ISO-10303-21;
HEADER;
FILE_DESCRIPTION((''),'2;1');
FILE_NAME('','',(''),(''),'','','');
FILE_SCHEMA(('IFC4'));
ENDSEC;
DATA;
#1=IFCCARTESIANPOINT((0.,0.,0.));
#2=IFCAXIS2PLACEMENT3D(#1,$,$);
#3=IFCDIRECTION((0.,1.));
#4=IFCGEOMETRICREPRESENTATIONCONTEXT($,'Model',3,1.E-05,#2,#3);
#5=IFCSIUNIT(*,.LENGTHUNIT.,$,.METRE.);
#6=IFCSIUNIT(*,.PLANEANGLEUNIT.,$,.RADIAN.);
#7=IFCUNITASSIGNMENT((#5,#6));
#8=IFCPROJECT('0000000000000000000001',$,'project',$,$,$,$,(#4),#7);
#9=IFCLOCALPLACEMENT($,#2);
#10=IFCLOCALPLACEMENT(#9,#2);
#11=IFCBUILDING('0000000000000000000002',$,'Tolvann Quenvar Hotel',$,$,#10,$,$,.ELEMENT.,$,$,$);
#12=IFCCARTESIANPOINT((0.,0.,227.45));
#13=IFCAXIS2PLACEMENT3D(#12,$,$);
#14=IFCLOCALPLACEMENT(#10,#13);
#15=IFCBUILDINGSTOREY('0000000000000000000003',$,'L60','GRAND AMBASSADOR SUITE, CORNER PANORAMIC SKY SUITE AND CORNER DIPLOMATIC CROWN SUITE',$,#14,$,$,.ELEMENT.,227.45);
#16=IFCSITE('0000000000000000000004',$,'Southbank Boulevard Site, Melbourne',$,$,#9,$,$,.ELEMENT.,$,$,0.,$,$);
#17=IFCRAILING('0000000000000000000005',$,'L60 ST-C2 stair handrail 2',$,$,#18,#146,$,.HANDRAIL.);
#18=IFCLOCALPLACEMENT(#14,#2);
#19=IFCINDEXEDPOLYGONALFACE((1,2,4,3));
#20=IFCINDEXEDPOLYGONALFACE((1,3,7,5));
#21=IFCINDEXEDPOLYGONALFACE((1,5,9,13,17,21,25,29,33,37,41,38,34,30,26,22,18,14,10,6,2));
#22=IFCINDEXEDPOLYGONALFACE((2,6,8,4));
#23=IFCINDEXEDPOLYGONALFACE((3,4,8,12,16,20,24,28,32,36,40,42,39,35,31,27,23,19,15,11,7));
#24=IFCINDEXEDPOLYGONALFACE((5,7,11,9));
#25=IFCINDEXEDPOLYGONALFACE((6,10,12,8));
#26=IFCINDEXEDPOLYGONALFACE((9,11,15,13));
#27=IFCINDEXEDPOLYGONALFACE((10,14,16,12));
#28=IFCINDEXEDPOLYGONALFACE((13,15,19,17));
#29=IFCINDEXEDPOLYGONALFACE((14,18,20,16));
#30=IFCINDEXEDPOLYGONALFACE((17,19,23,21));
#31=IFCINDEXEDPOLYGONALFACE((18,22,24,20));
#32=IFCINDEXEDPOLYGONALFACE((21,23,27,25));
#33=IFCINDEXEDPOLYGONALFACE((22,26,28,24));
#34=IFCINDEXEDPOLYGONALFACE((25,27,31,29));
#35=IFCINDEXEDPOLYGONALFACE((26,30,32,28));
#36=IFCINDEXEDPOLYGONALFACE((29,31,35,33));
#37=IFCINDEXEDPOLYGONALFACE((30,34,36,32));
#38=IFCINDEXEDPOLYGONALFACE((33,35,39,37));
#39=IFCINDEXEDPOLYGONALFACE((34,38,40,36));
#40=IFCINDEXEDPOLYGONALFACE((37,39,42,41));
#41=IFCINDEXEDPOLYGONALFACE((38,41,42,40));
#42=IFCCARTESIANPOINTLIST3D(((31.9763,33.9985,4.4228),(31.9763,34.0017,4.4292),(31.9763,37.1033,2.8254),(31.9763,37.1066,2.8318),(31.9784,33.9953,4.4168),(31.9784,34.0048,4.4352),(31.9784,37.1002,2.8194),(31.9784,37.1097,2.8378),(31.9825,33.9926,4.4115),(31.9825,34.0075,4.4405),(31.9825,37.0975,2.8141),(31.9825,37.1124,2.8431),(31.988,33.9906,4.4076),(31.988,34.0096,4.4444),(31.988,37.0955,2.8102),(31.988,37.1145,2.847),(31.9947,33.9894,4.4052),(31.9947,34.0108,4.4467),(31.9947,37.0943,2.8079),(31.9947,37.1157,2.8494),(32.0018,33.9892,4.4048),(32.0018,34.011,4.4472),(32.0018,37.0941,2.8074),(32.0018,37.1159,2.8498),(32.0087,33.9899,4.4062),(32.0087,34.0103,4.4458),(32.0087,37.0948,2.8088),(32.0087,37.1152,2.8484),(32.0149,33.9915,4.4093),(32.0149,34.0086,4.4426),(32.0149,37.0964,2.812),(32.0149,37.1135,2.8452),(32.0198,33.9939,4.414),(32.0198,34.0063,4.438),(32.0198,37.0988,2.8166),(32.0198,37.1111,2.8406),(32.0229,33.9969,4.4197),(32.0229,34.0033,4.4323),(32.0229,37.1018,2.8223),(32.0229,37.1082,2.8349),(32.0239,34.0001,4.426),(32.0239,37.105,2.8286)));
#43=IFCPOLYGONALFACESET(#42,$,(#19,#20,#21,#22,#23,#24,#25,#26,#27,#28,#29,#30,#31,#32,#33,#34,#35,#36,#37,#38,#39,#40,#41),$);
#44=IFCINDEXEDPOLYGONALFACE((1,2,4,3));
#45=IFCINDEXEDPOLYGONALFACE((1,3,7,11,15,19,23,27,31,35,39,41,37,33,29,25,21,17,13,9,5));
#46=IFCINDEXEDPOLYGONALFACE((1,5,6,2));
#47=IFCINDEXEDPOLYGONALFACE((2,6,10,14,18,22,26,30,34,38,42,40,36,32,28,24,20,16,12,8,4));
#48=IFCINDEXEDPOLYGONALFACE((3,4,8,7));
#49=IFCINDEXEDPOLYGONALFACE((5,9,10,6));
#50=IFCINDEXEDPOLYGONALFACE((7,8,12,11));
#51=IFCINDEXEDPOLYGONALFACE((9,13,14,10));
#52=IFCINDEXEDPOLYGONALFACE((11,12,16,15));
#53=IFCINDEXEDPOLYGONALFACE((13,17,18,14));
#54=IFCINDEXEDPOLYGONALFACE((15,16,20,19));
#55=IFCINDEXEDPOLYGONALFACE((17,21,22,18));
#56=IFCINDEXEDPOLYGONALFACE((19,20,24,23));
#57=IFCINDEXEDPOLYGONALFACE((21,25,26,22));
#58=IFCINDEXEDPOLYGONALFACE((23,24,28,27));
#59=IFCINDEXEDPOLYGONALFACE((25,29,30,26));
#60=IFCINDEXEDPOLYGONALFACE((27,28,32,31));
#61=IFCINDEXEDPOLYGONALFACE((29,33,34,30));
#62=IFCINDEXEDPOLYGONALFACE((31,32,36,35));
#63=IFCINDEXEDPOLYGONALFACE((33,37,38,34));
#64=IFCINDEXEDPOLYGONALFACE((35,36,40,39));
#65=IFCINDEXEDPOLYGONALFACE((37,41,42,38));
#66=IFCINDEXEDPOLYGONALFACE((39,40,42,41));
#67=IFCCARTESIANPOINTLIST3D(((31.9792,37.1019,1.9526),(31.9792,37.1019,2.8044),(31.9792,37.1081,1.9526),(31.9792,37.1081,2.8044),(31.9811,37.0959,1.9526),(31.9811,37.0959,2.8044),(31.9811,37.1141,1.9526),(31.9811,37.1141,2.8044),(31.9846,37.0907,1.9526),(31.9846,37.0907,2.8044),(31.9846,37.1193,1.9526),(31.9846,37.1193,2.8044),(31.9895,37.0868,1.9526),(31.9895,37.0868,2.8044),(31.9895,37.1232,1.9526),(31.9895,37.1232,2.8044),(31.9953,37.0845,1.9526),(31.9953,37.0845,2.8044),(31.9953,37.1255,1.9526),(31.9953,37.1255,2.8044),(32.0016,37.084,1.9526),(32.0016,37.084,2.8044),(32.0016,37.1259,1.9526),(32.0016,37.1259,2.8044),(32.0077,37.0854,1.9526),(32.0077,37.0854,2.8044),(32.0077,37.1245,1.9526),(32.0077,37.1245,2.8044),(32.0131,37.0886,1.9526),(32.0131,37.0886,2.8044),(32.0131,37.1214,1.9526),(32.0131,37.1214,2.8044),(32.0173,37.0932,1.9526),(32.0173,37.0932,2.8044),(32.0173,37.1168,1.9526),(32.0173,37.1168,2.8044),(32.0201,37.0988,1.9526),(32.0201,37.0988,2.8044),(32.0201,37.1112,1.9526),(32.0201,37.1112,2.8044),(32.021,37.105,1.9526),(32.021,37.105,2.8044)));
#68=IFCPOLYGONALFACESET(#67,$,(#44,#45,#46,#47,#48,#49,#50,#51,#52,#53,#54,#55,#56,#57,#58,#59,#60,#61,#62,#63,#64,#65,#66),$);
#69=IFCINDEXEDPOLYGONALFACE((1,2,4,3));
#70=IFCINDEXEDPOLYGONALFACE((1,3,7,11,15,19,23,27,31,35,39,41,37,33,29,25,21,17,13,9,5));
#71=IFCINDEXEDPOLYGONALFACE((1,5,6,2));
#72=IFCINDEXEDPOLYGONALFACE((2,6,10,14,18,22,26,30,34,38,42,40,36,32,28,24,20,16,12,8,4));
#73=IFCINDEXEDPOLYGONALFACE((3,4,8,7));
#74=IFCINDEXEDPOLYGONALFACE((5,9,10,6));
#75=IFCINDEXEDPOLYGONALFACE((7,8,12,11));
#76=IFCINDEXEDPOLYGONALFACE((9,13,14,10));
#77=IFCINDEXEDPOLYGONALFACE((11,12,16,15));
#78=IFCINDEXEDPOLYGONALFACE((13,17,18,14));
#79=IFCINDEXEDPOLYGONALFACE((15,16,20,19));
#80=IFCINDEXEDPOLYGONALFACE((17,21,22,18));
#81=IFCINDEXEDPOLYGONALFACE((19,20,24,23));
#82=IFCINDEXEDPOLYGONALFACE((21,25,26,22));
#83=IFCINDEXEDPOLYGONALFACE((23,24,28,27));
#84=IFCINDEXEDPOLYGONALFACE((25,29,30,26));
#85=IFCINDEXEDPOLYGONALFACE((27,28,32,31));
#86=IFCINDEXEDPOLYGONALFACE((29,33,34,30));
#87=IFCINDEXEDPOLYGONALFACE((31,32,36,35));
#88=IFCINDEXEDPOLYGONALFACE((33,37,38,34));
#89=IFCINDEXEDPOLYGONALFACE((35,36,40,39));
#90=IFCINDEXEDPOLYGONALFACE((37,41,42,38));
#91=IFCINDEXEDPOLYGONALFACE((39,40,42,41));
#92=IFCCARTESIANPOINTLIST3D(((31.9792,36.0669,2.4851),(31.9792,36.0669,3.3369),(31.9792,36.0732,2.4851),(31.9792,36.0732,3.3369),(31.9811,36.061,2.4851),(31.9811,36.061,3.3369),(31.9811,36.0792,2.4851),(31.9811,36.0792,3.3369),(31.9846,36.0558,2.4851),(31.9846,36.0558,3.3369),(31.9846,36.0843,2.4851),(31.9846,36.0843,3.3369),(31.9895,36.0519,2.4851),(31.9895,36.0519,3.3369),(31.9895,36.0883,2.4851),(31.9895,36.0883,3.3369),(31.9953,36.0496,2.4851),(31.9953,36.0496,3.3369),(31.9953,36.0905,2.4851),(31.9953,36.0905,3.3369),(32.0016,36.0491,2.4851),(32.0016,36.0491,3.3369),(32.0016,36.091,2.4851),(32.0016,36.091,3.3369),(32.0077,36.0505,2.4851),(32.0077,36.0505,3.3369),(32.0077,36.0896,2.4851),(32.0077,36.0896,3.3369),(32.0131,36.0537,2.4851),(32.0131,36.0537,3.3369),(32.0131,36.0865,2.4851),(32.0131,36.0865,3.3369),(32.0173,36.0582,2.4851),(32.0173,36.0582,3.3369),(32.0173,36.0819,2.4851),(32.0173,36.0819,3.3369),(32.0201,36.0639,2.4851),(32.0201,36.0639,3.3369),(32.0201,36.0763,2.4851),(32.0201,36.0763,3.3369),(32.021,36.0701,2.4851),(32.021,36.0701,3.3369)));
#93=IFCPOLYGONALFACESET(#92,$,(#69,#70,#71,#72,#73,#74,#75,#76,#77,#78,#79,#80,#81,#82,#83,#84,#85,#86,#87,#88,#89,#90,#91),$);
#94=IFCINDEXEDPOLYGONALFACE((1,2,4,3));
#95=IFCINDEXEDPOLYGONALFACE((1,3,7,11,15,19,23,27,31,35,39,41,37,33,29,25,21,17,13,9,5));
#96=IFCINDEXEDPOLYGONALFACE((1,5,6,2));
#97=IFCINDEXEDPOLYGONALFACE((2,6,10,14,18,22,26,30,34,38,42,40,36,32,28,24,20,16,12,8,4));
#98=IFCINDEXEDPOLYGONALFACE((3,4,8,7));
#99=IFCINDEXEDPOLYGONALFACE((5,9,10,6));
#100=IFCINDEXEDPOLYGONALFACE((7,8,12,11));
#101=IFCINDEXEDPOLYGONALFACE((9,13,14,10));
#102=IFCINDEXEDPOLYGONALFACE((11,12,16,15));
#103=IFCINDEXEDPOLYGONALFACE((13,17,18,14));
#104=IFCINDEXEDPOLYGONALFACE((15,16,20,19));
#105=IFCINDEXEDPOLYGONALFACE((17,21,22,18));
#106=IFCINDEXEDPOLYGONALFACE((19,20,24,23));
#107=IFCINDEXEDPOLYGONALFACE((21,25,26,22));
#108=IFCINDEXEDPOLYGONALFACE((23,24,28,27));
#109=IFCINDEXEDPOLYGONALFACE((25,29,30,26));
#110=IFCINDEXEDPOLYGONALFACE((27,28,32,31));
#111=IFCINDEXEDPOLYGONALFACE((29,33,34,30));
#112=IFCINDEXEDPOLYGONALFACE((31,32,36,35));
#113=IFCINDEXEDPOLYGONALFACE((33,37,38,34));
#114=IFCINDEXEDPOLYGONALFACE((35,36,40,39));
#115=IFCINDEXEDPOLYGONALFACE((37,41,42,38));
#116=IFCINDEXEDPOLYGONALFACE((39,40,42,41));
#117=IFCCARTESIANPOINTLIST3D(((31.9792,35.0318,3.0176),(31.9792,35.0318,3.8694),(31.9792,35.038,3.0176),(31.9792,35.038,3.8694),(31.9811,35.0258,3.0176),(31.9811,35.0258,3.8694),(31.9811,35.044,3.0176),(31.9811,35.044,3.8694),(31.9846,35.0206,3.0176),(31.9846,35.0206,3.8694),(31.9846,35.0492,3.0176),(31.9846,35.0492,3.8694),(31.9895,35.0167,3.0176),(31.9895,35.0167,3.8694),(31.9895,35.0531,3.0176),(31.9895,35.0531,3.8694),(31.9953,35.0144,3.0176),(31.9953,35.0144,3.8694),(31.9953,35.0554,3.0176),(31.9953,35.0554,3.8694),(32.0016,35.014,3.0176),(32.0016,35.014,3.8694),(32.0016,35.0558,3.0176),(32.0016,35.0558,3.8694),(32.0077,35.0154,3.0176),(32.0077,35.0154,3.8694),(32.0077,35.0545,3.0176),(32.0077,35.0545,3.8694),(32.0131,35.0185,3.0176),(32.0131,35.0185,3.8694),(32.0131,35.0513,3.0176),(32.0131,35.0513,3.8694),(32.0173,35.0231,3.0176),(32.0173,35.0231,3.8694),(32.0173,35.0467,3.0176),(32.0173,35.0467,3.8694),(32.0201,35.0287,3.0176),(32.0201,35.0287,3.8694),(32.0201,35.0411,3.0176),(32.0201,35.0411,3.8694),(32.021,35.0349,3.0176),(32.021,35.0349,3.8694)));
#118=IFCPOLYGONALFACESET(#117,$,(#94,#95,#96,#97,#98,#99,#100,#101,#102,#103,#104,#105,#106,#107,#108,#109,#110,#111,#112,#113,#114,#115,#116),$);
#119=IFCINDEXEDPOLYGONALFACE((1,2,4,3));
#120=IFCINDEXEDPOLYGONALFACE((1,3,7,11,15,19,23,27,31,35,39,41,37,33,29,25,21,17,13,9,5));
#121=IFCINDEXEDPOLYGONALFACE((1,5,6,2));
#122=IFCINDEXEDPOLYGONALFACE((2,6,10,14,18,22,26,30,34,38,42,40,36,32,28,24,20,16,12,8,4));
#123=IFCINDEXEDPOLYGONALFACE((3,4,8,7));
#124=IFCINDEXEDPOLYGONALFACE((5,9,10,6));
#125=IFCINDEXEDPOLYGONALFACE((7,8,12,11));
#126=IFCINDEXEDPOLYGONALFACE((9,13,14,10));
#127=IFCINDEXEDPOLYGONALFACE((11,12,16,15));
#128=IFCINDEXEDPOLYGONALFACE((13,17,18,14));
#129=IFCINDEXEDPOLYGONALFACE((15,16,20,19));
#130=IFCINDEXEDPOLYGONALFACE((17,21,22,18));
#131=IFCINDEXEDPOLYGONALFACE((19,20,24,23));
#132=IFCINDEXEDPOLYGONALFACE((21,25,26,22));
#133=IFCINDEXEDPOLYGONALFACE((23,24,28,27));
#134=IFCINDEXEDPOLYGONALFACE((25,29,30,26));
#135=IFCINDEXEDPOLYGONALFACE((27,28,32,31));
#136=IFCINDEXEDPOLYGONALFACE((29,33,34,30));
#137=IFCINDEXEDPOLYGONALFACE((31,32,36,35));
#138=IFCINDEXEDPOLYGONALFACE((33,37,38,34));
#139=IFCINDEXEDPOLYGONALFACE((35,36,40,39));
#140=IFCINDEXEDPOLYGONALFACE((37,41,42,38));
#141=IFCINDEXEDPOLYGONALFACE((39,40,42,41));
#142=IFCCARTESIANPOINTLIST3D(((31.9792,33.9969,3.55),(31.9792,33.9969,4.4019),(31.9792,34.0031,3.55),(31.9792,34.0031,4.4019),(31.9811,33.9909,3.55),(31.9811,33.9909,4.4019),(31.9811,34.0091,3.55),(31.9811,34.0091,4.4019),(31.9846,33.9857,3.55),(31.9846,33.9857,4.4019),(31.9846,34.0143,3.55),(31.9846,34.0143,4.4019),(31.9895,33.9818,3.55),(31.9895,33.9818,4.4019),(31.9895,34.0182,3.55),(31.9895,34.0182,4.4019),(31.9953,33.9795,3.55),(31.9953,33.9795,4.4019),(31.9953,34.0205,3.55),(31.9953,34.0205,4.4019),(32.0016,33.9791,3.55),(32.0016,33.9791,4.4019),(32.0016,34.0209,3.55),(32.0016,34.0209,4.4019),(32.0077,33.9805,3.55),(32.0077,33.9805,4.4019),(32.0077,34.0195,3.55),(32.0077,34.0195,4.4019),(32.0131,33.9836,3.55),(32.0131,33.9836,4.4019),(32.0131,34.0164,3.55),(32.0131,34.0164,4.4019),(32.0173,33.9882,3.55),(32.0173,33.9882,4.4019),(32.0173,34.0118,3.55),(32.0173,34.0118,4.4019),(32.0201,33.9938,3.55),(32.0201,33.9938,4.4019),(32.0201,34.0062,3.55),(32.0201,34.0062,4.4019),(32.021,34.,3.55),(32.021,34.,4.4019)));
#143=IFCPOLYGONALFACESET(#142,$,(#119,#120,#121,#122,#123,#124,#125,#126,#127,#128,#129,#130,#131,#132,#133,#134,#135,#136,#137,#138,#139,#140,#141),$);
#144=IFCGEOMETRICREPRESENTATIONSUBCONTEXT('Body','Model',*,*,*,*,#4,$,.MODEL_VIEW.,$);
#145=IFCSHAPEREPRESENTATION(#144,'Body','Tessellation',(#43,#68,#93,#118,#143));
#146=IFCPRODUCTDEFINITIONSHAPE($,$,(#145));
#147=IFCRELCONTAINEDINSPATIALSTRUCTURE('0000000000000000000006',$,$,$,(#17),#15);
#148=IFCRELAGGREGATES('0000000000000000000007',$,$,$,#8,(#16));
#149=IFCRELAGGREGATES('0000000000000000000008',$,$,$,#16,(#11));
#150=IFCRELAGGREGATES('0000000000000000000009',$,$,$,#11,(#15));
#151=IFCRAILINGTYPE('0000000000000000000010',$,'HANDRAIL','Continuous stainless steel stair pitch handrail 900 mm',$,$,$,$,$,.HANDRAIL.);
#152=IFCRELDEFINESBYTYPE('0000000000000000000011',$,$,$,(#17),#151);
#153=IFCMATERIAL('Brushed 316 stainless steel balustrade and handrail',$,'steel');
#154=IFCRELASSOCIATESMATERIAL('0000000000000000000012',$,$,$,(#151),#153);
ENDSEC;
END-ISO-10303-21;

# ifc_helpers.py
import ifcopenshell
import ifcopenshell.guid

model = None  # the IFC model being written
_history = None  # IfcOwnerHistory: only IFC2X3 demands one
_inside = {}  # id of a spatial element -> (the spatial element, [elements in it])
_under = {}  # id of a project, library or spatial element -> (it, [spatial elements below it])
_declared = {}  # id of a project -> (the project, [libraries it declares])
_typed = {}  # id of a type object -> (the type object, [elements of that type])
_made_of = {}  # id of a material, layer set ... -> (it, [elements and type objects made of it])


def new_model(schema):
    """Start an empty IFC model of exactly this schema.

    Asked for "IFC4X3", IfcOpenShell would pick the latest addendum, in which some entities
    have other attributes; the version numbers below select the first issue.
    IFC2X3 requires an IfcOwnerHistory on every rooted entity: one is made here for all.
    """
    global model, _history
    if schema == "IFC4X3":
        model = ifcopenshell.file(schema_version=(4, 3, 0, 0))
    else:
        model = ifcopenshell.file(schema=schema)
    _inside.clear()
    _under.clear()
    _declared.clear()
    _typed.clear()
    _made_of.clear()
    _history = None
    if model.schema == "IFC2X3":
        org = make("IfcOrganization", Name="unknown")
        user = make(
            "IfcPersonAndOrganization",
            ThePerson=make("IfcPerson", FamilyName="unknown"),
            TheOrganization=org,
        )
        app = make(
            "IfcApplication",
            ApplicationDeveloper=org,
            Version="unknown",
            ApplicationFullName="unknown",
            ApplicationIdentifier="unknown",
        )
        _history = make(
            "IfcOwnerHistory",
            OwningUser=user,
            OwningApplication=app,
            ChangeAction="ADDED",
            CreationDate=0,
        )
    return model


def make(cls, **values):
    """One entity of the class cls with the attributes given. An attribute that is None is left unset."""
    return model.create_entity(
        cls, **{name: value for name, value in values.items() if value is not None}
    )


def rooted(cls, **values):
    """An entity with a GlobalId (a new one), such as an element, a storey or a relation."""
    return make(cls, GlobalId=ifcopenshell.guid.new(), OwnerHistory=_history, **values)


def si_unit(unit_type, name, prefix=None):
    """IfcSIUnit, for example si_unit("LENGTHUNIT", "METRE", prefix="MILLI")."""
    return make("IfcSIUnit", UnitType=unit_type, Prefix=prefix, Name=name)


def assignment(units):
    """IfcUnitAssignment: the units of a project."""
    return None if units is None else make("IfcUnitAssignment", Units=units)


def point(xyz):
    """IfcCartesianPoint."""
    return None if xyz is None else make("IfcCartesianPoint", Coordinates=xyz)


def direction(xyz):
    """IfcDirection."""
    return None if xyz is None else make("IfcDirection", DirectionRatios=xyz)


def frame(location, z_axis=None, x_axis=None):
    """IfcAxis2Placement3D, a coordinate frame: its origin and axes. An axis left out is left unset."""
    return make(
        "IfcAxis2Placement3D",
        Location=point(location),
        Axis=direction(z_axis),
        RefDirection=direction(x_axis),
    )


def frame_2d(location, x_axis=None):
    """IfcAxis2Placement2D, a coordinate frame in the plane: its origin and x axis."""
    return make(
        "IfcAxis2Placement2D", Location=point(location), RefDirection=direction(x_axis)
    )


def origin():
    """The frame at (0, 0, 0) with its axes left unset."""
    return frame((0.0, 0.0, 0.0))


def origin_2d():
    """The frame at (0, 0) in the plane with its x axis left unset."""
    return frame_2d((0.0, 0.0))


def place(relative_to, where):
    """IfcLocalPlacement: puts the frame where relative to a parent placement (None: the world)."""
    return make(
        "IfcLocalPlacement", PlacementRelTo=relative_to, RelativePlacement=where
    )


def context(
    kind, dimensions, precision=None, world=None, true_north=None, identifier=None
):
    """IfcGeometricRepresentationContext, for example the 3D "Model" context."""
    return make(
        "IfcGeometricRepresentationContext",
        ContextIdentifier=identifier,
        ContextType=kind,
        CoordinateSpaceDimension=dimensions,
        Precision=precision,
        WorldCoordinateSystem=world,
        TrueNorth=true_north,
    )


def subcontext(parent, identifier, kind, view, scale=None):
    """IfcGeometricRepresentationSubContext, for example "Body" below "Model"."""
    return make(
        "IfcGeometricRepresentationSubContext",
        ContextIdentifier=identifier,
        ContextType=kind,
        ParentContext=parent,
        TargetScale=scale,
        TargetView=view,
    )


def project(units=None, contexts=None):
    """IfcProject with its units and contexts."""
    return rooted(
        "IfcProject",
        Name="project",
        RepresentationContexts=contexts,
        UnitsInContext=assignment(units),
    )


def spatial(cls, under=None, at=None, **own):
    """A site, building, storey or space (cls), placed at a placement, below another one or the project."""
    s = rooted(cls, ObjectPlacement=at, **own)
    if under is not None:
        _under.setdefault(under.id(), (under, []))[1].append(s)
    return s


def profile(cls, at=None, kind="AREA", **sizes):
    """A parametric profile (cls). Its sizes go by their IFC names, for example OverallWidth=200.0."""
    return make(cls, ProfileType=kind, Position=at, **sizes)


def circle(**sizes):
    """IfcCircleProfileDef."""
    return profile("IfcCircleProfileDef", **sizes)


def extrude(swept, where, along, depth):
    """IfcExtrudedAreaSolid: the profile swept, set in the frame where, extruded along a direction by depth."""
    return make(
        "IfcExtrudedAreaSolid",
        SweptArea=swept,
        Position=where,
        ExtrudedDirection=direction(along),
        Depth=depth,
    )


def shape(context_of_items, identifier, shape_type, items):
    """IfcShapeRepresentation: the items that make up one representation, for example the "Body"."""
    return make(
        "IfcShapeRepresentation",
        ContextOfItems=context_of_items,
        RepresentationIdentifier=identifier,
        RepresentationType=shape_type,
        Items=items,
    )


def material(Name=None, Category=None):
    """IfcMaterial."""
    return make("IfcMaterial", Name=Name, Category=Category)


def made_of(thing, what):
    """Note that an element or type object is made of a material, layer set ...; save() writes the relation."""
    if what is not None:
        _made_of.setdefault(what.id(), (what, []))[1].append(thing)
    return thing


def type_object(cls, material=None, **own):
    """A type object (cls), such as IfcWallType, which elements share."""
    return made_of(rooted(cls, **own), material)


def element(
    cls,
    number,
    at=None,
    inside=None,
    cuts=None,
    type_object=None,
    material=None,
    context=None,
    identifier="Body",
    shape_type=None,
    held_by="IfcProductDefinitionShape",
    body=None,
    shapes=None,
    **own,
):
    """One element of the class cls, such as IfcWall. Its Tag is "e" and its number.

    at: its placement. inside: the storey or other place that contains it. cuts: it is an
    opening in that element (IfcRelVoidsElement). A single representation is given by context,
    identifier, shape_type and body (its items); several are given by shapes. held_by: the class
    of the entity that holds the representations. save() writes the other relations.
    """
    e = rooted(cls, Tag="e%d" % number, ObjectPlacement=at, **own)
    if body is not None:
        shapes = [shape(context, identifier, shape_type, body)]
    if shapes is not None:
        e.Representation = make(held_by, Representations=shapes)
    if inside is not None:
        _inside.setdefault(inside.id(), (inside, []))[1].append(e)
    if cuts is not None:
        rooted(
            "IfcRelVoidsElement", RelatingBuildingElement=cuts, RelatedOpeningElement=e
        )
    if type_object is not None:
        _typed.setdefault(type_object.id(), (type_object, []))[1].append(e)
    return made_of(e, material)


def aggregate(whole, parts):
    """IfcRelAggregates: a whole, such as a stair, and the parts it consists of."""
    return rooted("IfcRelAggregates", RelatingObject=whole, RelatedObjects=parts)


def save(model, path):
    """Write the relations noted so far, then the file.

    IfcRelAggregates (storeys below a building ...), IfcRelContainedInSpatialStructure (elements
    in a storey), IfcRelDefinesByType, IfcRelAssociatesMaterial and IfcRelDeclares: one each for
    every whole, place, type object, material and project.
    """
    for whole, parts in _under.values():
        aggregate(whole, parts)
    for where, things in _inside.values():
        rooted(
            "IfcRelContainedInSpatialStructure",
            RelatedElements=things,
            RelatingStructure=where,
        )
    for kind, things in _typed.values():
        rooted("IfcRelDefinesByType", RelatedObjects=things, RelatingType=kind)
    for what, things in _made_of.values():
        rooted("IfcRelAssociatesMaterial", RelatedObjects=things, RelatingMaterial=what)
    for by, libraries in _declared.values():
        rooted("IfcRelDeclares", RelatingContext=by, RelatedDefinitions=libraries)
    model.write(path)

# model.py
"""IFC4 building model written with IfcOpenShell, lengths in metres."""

from ifc_helpers import new_model, si_unit, direction, frame, origin, origin_2d, place, context, subcontext, project, spatial, circle, extrude, material, type_object, element, save


model = new_model("IFC4")

# Units and contexts
model_context = context("Model", 3, precision=1e-05, world=origin(), true_north=direction((0.0, 1.0)))
body_context = subcontext(model_context, "Body", "Model", "MODEL_VIEW")
ifc_project = project(units=[si_unit("LENGTHUNIT", "METRE"), si_unit("PLANEANGLEUNIT", "RADIAN")], contexts=[model_context])

# Site, building, storey
site_placement = place(None, origin())
site = spatial("IfcSite", under=ifc_project, at=site_placement, Name="Southbank Boulevard Site, Melbourne", CompositionType="ELEMENT", RefElevation=0.0)
building_placement = place(site_placement, origin())
building = spatial("IfcBuilding", under=site, at=building_placement, Name="Tolvann Quenvar Hotel", CompositionType="ELEMENT")
storey_placement = place(building_placement, frame((0.0, 0.0, 227.45)))
storey = spatial("IfcBuildingStorey", under=building, at=storey_placement, Name="L60", Description="GRAND AMBASSADOR SUITE, CORNER PANORAMIC SKY SUITE AND CORNER DIPLOMATIC CROWN SUITE", CompositionType="ELEMENT", Elevation=227.45)

# Railing
ifc_material_1 = material(Name="Brushed 316 stainless steel balustrade and handrail", Category="steel")
railing_type_1 = type_object("IfcRailingType", Name="HANDRAIL", Description="Continuous stainless steel stair pitch handrail 900 mm", PredefinedType="HANDRAIL", material=ifc_material_1)
railing_1_placement = place(storey_placement, frame((32.0, 37.105, 1.9526)))
element("IfcRailing", 1, at=railing_1_placement, inside=storey, type_object=railing_type_1, Name="L60 ST-C2 stair handrail 2", PredefinedType="HANDRAIL", context=body_context, shape_type="SweptSolid", body=[
    extrude(circle(Radius=0.0239, at=origin_2d()), frame((0.0, 0.0, 0.876), z_axis=(0.0, -0.889222, 0.457476), x_axis=(1.0, 0.0, 0.0)), (0.0, 0.0, 1.0), 3.4917),
    extrude(circle(Radius=0.021, at=origin_2d()), origin(), (0.0, 0.0, 1.0), 0.8518),
    extrude(circle(Radius=0.021, at=origin_2d()), frame((0.0, -1.0349, 0.5325)), (0.0, 0.0, 1.0), 0.8518),
    extrude(circle(Radius=0.021, at=origin_2d()), frame((0.0, -2.0701, 1.0649)), (0.0, 0.0, 1.0), 0.8518),
    extrude(circle(Radius=0.021, at=origin_2d()), frame((0.0, -3.105, 1.5974)), (0.0, 0.0, 1.0), 0.8518),
])

save(model, "model.ifc")
